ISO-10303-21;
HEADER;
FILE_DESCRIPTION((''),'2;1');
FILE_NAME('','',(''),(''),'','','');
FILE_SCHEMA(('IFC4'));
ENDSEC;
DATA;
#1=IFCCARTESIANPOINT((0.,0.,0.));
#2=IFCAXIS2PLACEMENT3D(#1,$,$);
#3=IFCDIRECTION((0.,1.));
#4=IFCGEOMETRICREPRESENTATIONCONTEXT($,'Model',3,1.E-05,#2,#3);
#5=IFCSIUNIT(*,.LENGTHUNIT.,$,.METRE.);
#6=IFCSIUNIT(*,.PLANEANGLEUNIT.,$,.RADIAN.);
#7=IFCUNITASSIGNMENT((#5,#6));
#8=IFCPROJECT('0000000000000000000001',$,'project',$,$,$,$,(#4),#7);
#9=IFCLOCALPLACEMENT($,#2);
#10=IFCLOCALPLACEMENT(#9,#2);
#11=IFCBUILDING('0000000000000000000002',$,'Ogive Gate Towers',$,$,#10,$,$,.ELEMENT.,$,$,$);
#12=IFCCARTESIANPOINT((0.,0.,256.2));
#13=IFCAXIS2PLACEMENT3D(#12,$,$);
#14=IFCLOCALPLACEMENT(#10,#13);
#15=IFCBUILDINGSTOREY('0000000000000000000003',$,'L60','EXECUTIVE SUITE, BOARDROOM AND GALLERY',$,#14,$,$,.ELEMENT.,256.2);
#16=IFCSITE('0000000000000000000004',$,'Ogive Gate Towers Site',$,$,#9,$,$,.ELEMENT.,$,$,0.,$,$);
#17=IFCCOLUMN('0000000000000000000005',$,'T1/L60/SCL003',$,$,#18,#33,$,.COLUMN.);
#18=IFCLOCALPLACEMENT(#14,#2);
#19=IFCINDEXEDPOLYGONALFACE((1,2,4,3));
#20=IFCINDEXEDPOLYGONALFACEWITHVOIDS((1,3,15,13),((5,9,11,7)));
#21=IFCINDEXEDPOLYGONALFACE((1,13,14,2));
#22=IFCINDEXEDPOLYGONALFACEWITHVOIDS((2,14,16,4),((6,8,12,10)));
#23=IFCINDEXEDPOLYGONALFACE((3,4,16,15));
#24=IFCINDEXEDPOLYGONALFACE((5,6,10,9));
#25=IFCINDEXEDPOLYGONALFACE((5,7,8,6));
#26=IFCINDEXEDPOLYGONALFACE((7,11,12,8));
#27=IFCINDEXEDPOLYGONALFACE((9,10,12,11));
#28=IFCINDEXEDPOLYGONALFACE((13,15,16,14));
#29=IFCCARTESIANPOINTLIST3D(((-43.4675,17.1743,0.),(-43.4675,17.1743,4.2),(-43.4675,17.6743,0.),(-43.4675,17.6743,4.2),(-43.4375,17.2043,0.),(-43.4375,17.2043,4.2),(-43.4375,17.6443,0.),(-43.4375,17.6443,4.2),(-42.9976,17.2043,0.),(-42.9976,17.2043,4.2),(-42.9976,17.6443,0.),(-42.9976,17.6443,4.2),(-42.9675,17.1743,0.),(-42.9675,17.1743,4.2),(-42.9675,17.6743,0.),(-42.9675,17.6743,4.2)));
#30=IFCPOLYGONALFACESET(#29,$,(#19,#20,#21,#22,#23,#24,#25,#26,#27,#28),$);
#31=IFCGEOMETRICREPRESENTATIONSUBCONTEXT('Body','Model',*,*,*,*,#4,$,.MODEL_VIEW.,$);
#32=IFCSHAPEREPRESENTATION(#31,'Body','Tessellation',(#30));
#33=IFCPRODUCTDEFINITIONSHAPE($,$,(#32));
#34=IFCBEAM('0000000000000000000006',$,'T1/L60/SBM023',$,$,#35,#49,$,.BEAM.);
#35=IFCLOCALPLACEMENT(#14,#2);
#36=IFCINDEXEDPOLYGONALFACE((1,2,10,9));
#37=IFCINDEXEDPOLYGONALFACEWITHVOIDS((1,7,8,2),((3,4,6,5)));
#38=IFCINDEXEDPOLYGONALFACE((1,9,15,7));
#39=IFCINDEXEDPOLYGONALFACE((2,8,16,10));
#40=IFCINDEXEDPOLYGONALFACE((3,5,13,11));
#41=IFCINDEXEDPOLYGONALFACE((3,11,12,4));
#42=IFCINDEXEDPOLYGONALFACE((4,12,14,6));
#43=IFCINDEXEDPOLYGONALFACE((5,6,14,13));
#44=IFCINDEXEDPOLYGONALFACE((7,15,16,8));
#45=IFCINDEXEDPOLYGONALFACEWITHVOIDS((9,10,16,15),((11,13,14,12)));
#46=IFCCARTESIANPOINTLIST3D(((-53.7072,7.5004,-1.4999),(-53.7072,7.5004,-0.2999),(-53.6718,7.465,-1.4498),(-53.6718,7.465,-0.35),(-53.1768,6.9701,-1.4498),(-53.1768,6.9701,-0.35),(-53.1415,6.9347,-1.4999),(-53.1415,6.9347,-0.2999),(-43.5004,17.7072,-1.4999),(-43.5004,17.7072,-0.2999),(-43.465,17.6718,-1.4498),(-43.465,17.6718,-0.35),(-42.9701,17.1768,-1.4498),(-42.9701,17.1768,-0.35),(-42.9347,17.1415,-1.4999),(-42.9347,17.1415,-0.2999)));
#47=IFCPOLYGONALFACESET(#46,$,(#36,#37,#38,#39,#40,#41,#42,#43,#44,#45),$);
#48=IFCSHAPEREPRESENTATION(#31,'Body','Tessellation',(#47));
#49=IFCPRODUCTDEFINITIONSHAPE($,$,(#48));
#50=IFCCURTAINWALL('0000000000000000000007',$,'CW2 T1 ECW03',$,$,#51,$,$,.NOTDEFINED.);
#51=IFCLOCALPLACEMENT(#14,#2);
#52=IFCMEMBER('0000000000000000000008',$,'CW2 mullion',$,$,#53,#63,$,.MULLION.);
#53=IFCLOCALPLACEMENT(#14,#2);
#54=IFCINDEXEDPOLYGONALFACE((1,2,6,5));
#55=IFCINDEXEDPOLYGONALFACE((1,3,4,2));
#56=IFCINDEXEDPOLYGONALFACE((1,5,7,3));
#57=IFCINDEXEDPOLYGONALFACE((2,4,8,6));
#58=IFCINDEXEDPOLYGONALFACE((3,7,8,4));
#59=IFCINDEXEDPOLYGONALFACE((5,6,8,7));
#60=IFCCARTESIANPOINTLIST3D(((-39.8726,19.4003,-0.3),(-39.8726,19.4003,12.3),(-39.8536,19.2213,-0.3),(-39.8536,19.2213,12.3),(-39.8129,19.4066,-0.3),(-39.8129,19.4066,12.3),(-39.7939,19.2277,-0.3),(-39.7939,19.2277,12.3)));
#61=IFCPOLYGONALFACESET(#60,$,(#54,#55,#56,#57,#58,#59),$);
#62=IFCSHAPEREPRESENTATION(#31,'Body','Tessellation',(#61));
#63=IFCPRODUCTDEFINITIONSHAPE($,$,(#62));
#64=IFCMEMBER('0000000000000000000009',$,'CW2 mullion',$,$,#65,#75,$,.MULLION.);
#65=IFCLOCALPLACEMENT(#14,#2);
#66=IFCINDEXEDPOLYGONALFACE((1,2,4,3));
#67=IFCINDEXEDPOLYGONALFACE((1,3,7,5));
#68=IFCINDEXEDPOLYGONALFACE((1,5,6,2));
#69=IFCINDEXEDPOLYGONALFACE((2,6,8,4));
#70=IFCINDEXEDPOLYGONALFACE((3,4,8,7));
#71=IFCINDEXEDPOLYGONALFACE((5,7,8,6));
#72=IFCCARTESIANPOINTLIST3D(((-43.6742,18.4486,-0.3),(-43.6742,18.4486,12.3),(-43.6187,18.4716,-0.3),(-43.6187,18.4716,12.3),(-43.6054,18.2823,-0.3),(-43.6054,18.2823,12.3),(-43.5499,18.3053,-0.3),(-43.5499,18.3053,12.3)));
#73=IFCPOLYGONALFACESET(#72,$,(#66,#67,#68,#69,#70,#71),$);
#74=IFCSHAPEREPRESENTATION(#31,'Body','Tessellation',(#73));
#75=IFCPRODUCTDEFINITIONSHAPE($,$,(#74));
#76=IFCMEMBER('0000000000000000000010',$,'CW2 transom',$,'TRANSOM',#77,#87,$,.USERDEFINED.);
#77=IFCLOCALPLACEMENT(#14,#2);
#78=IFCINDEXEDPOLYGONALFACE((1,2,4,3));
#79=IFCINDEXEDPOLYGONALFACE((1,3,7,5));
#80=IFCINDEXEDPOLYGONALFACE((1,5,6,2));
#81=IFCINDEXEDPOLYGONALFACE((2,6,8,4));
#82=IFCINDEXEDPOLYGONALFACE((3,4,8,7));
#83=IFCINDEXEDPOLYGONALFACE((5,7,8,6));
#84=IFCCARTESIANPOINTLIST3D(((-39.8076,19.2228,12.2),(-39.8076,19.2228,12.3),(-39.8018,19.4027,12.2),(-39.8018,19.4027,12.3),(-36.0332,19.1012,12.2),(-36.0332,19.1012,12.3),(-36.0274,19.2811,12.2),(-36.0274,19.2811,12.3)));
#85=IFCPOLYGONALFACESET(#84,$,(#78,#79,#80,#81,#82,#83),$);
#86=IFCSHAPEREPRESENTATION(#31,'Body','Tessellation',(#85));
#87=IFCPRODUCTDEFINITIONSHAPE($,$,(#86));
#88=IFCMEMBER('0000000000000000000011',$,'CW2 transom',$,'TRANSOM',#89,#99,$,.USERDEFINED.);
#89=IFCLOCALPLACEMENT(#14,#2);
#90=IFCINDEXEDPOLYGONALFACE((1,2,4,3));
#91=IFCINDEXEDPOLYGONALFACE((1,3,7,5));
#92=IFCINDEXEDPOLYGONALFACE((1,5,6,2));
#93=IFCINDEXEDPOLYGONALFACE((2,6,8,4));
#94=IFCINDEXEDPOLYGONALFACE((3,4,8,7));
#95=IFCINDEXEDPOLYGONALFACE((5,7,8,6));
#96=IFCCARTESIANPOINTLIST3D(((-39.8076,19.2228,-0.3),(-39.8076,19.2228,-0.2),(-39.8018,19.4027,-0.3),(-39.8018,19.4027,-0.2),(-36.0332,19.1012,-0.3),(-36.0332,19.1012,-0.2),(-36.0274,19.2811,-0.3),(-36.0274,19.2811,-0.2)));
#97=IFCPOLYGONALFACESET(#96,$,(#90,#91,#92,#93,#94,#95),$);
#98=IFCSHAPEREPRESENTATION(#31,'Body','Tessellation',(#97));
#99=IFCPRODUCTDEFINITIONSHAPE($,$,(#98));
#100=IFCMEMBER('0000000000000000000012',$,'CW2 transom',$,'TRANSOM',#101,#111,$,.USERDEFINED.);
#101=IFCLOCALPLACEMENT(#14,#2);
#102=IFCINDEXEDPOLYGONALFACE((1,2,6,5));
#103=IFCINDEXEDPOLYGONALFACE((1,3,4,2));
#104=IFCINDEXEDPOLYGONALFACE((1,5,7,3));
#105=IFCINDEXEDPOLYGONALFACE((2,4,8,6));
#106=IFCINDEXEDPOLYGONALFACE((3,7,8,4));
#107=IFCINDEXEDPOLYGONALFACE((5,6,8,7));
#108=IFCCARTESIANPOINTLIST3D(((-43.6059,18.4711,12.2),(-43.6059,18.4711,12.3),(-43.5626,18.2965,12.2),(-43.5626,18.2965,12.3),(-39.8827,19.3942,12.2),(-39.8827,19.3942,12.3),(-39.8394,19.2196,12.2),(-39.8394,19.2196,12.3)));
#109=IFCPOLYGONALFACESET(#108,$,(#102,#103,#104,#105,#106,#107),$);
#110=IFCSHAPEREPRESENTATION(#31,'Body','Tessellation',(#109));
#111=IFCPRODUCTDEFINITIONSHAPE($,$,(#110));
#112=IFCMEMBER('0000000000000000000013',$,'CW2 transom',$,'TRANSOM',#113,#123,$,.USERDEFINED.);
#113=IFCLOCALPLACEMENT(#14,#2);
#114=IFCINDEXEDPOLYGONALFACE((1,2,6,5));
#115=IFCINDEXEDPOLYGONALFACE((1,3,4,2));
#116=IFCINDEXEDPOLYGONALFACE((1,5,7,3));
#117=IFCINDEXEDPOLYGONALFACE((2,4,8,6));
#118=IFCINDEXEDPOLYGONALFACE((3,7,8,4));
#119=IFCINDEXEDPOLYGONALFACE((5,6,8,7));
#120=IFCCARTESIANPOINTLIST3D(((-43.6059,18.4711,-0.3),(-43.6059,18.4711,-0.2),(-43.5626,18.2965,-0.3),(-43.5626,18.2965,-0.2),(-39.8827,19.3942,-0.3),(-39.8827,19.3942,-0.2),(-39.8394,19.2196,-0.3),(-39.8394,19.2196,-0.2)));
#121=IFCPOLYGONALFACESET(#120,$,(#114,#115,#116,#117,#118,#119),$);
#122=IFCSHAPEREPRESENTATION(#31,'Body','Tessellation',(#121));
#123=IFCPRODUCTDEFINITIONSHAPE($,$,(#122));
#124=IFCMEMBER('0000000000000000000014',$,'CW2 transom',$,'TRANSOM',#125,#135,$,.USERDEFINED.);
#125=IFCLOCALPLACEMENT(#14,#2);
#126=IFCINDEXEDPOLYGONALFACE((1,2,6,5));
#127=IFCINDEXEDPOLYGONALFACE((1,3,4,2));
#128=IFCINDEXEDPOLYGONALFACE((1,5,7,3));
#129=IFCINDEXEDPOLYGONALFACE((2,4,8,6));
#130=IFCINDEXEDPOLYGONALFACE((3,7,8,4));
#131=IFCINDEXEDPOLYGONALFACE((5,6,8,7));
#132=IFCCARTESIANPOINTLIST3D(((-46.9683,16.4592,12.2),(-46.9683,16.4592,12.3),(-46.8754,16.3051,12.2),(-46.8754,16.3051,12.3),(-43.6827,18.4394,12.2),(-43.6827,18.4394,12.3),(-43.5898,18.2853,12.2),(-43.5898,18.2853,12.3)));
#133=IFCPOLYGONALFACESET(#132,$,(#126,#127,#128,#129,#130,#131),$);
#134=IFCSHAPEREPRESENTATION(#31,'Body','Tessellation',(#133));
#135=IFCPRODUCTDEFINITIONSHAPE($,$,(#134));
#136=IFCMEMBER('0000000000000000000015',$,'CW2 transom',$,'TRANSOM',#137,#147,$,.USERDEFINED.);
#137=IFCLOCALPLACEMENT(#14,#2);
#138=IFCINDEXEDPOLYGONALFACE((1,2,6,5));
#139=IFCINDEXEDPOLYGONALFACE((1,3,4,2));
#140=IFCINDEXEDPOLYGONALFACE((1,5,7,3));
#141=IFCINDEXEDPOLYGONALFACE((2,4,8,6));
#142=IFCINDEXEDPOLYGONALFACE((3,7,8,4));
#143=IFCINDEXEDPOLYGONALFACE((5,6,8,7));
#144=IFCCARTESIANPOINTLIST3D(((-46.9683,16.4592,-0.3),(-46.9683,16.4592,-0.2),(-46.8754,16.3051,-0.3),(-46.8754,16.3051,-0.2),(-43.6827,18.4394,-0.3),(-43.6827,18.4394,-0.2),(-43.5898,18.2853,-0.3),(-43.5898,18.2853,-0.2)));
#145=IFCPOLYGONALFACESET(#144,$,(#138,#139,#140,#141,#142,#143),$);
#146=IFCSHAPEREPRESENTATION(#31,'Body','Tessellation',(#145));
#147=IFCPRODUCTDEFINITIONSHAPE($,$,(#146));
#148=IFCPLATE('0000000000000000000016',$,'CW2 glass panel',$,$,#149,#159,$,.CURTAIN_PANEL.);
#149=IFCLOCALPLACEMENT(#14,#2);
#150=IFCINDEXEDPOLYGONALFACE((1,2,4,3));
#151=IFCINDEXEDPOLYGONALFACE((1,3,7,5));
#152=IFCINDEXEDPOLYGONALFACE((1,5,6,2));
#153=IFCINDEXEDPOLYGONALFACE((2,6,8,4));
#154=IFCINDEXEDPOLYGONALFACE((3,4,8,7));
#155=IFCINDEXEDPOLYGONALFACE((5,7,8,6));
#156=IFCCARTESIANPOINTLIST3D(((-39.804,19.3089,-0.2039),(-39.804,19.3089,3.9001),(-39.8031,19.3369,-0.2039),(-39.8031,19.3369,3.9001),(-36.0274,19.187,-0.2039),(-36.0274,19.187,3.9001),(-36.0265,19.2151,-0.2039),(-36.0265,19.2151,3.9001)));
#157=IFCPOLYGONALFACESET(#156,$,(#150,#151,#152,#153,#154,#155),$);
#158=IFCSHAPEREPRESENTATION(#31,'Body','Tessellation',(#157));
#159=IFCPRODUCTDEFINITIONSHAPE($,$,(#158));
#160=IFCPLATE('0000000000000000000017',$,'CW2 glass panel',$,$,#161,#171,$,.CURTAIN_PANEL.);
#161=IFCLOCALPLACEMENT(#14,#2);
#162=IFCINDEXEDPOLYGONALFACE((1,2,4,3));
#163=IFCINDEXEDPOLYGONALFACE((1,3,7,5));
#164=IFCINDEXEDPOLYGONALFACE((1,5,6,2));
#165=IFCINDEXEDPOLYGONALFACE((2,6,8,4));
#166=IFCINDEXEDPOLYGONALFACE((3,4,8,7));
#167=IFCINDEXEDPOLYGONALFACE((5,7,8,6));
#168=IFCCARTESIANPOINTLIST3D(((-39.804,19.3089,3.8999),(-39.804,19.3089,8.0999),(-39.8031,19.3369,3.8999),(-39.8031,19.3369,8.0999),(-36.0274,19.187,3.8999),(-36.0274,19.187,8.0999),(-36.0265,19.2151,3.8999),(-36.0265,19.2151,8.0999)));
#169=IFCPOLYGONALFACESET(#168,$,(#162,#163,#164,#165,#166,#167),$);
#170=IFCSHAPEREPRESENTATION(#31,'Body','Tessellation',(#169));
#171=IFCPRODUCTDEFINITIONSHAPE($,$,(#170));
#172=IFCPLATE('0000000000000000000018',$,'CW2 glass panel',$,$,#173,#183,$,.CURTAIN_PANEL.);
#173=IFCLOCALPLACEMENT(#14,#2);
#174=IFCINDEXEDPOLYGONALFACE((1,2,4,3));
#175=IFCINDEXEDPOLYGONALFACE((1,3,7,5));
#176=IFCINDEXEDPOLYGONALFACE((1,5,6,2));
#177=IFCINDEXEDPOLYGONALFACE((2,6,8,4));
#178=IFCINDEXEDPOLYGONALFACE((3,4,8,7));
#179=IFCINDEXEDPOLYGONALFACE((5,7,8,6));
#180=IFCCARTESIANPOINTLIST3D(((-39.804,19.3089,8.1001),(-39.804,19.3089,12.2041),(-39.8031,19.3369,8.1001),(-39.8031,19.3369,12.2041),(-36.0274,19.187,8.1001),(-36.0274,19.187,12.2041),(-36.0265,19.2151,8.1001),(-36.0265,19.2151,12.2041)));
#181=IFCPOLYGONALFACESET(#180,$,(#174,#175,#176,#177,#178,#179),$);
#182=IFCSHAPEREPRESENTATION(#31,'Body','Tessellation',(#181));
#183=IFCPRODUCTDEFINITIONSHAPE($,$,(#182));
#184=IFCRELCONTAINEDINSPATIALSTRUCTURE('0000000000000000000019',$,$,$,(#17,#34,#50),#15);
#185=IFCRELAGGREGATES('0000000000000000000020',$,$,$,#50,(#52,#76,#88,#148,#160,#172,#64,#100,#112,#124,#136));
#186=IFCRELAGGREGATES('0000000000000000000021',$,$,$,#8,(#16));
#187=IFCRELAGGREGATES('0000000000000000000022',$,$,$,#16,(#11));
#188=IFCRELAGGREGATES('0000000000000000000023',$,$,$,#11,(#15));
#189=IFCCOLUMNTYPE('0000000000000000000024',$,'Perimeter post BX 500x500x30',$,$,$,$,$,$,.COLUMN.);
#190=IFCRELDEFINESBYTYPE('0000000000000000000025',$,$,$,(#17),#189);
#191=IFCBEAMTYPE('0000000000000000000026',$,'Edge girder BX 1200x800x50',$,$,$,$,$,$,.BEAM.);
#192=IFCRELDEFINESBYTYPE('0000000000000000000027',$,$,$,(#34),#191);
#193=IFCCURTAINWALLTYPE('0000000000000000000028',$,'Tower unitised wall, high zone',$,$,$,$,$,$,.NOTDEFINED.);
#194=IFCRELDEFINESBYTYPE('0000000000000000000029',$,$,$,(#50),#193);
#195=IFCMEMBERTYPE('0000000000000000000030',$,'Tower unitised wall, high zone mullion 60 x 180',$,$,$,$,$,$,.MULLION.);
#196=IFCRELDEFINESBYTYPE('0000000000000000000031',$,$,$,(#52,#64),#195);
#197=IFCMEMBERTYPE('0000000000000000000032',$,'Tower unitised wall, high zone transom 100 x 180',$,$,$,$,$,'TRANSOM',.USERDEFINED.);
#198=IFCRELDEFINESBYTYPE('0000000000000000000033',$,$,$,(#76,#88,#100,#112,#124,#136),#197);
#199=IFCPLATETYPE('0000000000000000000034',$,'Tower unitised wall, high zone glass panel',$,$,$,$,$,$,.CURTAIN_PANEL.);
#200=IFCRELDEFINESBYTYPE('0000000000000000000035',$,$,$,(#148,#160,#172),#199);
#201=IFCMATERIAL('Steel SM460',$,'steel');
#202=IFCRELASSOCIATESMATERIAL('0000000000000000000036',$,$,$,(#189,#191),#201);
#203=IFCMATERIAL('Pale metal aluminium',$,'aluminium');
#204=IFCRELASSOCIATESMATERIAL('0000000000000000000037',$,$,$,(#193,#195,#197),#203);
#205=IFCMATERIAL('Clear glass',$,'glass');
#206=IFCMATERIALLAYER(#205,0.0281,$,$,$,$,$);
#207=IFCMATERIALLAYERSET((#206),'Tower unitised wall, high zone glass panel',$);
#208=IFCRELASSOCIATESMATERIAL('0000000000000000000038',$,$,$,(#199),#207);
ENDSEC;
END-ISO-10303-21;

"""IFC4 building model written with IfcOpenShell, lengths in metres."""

from ifc_helpers import new_model, si_unit, direction, frame, origin, origin_2d, place, context, subcontext, project, spatial, rectangle, hollow_rectangle, extrude, material, layer, layer_set, material_profile, profile_set, type_object, element, aggregate, save


model = new_model("IFC4")

# Units and contexts
model_context = context("Model", 3, precision=1e-05, world=origin(), true_north=direction((0.0, 1.0)))
body_context = subcontext(model_context, "Body", "Model", "MODEL_VIEW")
ifc_project = project(units=[si_unit("LENGTHUNIT", "METRE"), si_unit("PLANEANGLEUNIT", "RADIAN")], contexts=[model_context])

# Site, building, storey
site_placement = place(None, origin())
site = spatial("IfcSite", under=ifc_project, at=site_placement, Name="Ogive Gate Towers Site", CompositionType="ELEMENT", RefElevation=0.0)
building_placement = place(site_placement, origin())
building = spatial("IfcBuilding", under=site, at=building_placement, Name="Ogive Gate Towers", CompositionType="ELEMENT")
storey_placement = place(building_placement, frame((0.0, 0.0, 256.2)))
storey = spatial("IfcBuildingStorey", under=building, at=storey_placement, Name="L60", Description="EXECUTIVE SUITE, BOARDROOM AND GALLERY", CompositionType="ELEMENT", Elevation=256.2)

# Column
ifc_material_1 = material(Name="Steel SM460", Category="steel")
ifc_material_profile_1 = material_profile(ifc_material_1, hollow_rectangle(XDim=0.5, YDim=0.5, WallThickness=0.03, at=origin_2d()), Name="BX 500x500x30")
ifc_profile_set_1 = profile_set([ifc_material_profile_1], Name="Steel SM460")
column_type = type_object("IfcColumnType", Name="Perimeter post BX 500x500x30", PredefinedType="COLUMN", material=ifc_profile_set_1)
column_placement = place(storey_placement, frame((-43.2175, 17.4243, 0.0), z_axis=(0.0, 0.0, 1.0), x_axis=(1.0, 0.0, 0.0)))
element("IfcColumn", 1, at=column_placement, inside=storey, type_object=column_type, Name="T1/L60/SCL003", PredefinedType="COLUMN", context=body_context, shape_type="SweptSolid", body=[
    extrude(hollow_rectangle(XDim=0.5, YDim=0.5, WallThickness=0.03, at=origin_2d()), origin(), (0.0, 0.0, 1.0), 4.2),
])

# Beam
ifc_material_profile_2 = material_profile(ifc_material_1, hollow_rectangle(XDim=0.8, YDim=1.2, WallThickness=0.05, at=origin_2d()), Name="BX 1200x800x50")
ifc_profile_set_2 = profile_set([ifc_material_profile_2], Name="Steel SM460")
beam_type = type_object("IfcBeamType", Name="Edge girder BX 1200x800x50", PredefinedType="BEAM", material=ifc_profile_set_2)
beam_placement = place(storey_placement, frame((-43.2175, 17.4243, -0.8999), z_axis=(-0.707107, -0.707107, 0.0), x_axis=(0.707107, -0.707107, 0.0)))
element("IfcBeam", 2, at=beam_placement, inside=storey, type_object=beam_type, Name="T1/L60/SBM023", PredefinedType="BEAM", context=body_context, shape_type="SweptSolid", body=[
    extrude(hollow_rectangle(XDim=0.8, YDim=1.2, WallThickness=0.05, at=origin_2d()), origin(), (0.0, 0.0, 1.0), 14.4346),
])

# Curtain wall, members, plates
ifc_material_2 = material(Name="Pale metal aluminium", Category="aluminium")
curtain_wall_type = type_object("IfcCurtainWallType", Name="Tower unitised wall, high zone", PredefinedType="NOTDEFINED", material=ifc_material_2)
curtain_wall_placement = place(storey_placement, origin())
curtain_wall = element("IfcCurtainWall", 3, at=curtain_wall_placement, inside=storey, type_object=curtain_wall_type, Name="CW2 T1 ECW03", PredefinedType="NOTDEFINED")
ifc_material_profile_3 = material_profile(ifc_material_2, rectangle(XDim=0.1799, YDim=0.0601, at=origin_2d()), Name="60 x 180 aluminium box")
ifc_profile_set_3 = profile_set([ifc_material_profile_3], Name="Pale metal aluminium")
member_type_1 = type_object("IfcMemberType", Name="Tower unitised wall, high zone mullion 60 x 180", PredefinedType="MULLION", material=ifc_profile_set_3)
member_1_placement = place(storey_placement, frame((-39.8333, 19.314, -0.3), z_axis=(0.0, 0.0, 1.0), x_axis=(-0.105205, 0.994451, 0.0)))
member_1 = element("IfcMember", 4, at=member_1_placement, type_object=member_type_1, Name="CW2 mullion", PredefinedType="MULLION", context=body_context, shape_type="SweptSolid", body=[
    extrude(rectangle(XDim=0.1799, YDim=0.0601, at=origin_2d()), origin(), (0.0, 0.0, 1.0), 12.6001),
])
member_2_placement = place(storey_placement, frame((-43.6121, 18.377, -0.3), z_axis=(0.0, 0.0, 1.0), x_axis=(-0.382683, 0.92388, 0.0)))
member_2 = element("IfcMember", 5, at=member_2_placement, type_object=member_type_1, Name="CW2 mullion", PredefinedType="MULLION", context=body_context, shape_type="SweptSolid", body=[
    extrude(rectangle(XDim=0.1799, YDim=0.0601, at=origin_2d()), origin(), (0.0, 0.0, 1.0), 12.6001),
])
ifc_material_profile_4 = material_profile(ifc_material_2, rectangle(XDim=0.1799, YDim=0.1001, at=origin_2d()), Name="100 x 180 aluminium box")
ifc_profile_set_4 = profile_set([ifc_material_profile_4], Name="Pale metal aluminium")
member_type_2 = type_object("IfcMemberType", Name="Tower unitised wall, high zone transom 100 x 180", ElementType="TRANSOM", PredefinedType="USERDEFINED", material=ifc_profile_set_4)
member_3_placement = place(storey_placement, frame((-36.0303, 19.1912, 12.25), z_axis=(-0.999482, 0.032195, 0.0), x_axis=(-0.032195, -0.999482, 0.0)))
member_3 = element("IfcMember", 6, at=member_3_placement, type_object=member_type_2, Name="CW2 transom", ObjectType="TRANSOM", PredefinedType="USERDEFINED", context=body_context, shape_type="SweptSolid", body=[
    extrude(rectangle(XDim=0.1799, YDim=0.1001, at=origin_2d()), origin(), (0.0, 0.0, 1.0), 3.7764),
])
member_4_placement = place(storey_placement, frame((-36.0303, 19.1912, -0.25), z_axis=(-0.999482, 0.032195, 0.0), x_axis=(-0.032195, -0.999482, 0.0)))
member_4 = element("IfcMember", 7, at=member_4_placement, type_object=member_type_2, Name="CW2 transom", ObjectType="TRANSOM", PredefinedType="USERDEFINED", context=body_context, shape_type="SweptSolid", body=[
    extrude(rectangle(XDim=0.1799, YDim=0.1001, at=origin_2d()), origin(), (0.0, 0.0, 1.0), 3.7764),
])
member_5_placement = place(storey_placement, frame((-39.8611, 19.3069, 12.25), z_axis=(-0.970612, -0.240648, 0.0), x_axis=(0.240648, -0.970612, 0.0)))
member_5 = element("IfcMember", 8, at=member_5_placement, type_object=member_type_2, Name="CW2 transom", ObjectType="TRANSOM", PredefinedType="USERDEFINED", context=body_context, shape_type="SweptSolid", body=[
    extrude(rectangle(XDim=0.1799, YDim=0.1001, at=origin_2d()), origin(), (0.0, 0.0, 1.0), 3.8359),
])
member_6_placement = place(storey_placement, frame((-39.8611, 19.3069, -0.25), z_axis=(-0.970612, -0.240648, 0.0), x_axis=(0.240648, -0.970612, 0.0)))
member_6 = element("IfcMember", 9, at=member_6_placement, type_object=member_type_2, Name="CW2 transom", ObjectType="TRANSOM", PredefinedType="USERDEFINED", context=body_context, shape_type="SweptSolid", body=[
    extrude(rectangle(XDim=0.1799, YDim=0.1001, at=origin_2d()), origin(), (0.0, 0.0, 1.0), 3.8359),
])
member_7_placement = place(storey_placement, frame((-43.6362, 18.3623, 12.25), z_axis=(-0.856475, -0.516189, 0.0), x_axis=(0.516189, -0.856475, 0.0)))
member_7 = element("IfcMember", 10, at=member_7_placement, type_object=member_type_2, Name="CW2 transom", ObjectType="TRANSOM", PredefinedType="USERDEFINED", context=body_context, shape_type="SweptSolid", body=[
    extrude(rectangle(XDim=0.1799, YDim=0.1001, at=origin_2d()), origin(), (0.0, 0.0, 1.0), 3.8362),
])
member_8_placement = place(storey_placement, frame((-43.6362, 18.3623, -0.25), z_axis=(-0.856475, -0.516189, 0.0), x_axis=(0.516189, -0.856475, 0.0)))
member_8 = element("IfcMember", 11, at=member_8_placement, type_object=member_type_2, Name="CW2 transom", ObjectType="TRANSOM", PredefinedType="USERDEFINED", context=body_context, shape_type="SweptSolid", body=[
    extrude(rectangle(XDim=0.1799, YDim=0.1001, at=origin_2d()), origin(), (0.0, 0.0, 1.0), 3.8362),
])
ifc_material_3 = material(Name="Clear glass", Category="glass")
ifc_layer_1 = layer(ifc_material_3, 0.0281)
ifc_layer_set_1 = layer_set([ifc_layer_1], Name="Tower unitised wall, high zone glass panel")
plate_type = type_object("IfcPlateType", Name="Tower unitised wall, high zone glass panel", PredefinedType="CURTAIN_PANEL", material=ifc_layer_set_1)
plate_1_placement = place(storey_placement, frame((-37.9153, 19.262, -0.2039), z_axis=(0.0, 0.0, 1.0), x_axis=(-0.99948, 0.032248, 0.0)))
plate_1 = element("IfcPlate", 12, at=plate_1_placement, type_object=plate_type, Name="CW2 glass panel", PredefinedType="CURTAIN_PANEL", context=body_context, shape_type="SweptSolid", body=[
    extrude(rectangle(XDim=3.7786, YDim=0.0281, at=origin_2d()), origin(), (0.0, 0.0, 1.0), 4.104),
])
plate_2_placement = place(storey_placement, frame((-37.9153, 19.262, 3.8999), z_axis=(0.0, 0.0, 1.0), x_axis=(-0.99948, 0.032248, 0.0)))
plate_2 = element("IfcPlate", 13, at=plate_2_placement, type_object=plate_type, Name="CW2 glass panel", PredefinedType="CURTAIN_PANEL", context=body_context, shape_type="SweptSolid", body=[
    extrude(rectangle(XDim=3.7786, YDim=0.0281, at=origin_2d()), origin(), (0.0, 0.0, 1.0), 4.2),
])
plate_3_placement = place(storey_placement, frame((-37.9153, 19.262, 8.1001), z_axis=(0.0, 0.0, 1.0), x_axis=(-0.99948, 0.032248, 0.0)))
plate_3 = element("IfcPlate", 14, at=plate_3_placement, type_object=plate_type, Name="CW2 glass panel", PredefinedType="CURTAIN_PANEL", context=body_context, shape_type="SweptSolid", body=[
    extrude(rectangle(XDim=3.7786, YDim=0.0281, at=origin_2d()), origin(), (0.0, 0.0, 1.0), 4.104),
])
aggregate(curtain_wall, [member_1, member_3, member_4, plate_1, plate_2, plate_3, member_2, member_5, member_6, member_7, member_8])

save(model, "model.ifc")
